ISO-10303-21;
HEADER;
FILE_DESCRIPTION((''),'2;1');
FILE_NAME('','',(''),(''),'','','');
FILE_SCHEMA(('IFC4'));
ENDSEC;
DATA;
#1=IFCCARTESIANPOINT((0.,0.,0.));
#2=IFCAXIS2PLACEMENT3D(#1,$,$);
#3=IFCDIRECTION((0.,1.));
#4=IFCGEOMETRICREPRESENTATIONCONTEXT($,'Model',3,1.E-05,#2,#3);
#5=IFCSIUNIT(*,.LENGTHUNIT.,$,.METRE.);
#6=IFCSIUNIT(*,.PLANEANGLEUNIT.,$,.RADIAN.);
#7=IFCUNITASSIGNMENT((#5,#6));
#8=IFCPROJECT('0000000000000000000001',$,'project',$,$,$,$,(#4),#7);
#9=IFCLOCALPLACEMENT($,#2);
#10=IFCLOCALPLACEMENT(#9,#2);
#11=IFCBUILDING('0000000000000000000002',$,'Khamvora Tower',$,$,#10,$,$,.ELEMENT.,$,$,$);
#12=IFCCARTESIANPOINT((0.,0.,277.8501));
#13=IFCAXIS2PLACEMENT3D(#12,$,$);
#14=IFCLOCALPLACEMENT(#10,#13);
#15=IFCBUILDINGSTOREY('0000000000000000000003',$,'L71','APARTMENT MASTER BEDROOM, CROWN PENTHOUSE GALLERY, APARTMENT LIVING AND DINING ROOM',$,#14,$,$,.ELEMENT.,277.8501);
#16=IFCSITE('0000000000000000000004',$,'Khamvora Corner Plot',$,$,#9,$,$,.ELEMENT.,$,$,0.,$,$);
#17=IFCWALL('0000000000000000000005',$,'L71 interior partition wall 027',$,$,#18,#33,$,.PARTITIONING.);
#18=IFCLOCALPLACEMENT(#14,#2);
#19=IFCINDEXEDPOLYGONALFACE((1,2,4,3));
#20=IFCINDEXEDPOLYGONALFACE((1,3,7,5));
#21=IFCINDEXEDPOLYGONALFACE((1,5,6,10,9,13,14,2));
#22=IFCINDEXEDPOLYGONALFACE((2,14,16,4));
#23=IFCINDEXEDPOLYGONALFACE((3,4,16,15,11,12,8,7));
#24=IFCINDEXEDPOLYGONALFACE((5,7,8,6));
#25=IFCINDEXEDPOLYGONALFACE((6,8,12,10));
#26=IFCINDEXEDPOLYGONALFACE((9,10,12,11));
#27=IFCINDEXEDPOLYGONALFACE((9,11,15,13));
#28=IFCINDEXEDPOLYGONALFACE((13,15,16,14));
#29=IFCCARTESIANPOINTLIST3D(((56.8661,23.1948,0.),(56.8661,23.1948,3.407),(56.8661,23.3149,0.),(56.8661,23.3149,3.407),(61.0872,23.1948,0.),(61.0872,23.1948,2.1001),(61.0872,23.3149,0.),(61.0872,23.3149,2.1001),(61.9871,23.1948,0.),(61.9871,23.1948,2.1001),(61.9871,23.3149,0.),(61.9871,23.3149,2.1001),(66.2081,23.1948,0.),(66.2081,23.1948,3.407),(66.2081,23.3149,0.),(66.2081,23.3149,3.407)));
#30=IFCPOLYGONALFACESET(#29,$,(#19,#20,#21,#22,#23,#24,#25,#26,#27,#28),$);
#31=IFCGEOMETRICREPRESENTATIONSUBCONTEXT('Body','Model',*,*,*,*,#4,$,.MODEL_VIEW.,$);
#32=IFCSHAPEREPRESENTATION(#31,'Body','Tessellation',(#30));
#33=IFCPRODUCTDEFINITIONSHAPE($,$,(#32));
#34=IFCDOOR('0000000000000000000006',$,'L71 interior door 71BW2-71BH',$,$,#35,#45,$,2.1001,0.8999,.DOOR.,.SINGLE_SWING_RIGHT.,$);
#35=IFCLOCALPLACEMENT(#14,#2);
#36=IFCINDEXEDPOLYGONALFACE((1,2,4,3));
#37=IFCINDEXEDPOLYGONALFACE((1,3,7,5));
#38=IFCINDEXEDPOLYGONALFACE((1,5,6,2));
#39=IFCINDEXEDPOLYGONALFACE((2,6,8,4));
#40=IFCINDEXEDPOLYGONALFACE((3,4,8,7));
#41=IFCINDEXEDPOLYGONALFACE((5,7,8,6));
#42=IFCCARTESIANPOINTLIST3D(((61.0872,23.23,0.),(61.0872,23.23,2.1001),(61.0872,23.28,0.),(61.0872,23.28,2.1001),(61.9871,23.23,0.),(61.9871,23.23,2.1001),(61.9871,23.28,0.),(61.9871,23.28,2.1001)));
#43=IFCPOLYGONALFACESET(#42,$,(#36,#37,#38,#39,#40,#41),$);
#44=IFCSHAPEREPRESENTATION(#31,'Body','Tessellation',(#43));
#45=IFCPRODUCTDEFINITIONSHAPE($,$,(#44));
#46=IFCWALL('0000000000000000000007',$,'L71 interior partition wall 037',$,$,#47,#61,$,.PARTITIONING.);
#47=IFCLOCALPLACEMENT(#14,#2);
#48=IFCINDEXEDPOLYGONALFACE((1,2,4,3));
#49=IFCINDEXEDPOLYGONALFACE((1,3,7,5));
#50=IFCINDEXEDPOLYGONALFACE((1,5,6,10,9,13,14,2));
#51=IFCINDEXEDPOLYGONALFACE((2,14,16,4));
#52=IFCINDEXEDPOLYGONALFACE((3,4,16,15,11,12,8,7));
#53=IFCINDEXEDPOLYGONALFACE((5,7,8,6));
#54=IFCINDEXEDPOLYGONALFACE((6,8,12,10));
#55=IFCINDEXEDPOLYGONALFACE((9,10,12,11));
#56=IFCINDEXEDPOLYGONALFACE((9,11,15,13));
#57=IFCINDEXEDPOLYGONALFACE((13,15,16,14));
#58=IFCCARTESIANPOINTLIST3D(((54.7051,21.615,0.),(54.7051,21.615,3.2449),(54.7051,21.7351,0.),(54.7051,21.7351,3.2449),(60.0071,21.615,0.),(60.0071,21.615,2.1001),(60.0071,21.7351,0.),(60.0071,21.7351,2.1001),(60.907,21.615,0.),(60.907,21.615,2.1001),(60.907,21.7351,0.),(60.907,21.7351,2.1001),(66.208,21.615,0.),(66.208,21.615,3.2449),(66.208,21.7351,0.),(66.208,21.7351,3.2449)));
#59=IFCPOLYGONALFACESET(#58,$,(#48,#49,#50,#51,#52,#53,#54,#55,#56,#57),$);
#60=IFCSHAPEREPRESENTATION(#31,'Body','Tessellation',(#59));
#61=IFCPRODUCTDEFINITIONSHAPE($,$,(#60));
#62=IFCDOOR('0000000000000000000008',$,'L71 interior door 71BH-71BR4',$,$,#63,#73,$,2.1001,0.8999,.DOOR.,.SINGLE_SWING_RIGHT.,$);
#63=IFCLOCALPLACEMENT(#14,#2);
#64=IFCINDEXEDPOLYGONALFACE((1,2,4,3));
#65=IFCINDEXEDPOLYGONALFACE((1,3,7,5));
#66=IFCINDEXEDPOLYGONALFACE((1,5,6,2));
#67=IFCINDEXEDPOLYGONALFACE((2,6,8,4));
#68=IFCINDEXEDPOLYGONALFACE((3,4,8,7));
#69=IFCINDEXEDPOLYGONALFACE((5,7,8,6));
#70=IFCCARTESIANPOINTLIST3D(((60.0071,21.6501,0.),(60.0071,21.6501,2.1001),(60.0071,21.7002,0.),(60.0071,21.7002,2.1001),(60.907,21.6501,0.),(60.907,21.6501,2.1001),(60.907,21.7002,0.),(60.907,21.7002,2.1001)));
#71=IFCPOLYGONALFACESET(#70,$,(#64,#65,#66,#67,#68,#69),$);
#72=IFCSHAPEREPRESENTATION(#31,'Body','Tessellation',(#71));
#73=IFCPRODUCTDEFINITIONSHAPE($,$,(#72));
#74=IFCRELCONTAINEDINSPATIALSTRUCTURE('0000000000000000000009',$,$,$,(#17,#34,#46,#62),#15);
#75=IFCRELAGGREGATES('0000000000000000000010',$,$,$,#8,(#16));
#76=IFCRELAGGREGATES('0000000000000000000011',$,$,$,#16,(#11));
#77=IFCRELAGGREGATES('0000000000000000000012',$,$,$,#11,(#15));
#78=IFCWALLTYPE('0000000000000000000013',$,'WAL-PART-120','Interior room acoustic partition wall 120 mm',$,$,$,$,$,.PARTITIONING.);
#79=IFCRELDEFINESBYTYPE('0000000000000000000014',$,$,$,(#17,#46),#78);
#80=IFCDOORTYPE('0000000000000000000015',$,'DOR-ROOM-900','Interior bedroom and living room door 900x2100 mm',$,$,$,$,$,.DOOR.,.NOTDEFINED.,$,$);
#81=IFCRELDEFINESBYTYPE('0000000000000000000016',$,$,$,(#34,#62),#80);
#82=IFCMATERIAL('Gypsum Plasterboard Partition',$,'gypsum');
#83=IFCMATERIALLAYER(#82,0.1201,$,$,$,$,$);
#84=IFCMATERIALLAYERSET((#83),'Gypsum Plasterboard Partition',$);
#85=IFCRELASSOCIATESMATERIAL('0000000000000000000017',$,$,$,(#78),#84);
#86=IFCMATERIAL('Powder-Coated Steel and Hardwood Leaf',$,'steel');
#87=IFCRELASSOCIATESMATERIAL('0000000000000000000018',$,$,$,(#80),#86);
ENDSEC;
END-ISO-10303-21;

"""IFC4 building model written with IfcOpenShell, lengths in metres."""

from ifc_helpers import new_model, si_unit, direction, frame, frame_2d, origin, place, context, subcontext, project, spatial, rectangle, extrude, material, layer, layer_set, type_object, element, fill, save


model = new_model("IFC4")

# Units and contexts
model_context = context("Model", 3, precision=1e-05, world=origin(), true_north=direction((0.0, 1.0)))
body_context = subcontext(model_context, "Body", "Model", "MODEL_VIEW")
ifc_project = project(units=[si_unit("LENGTHUNIT", "METRE"), si_unit("PLANEANGLEUNIT", "RADIAN")], contexts=[model_context])

# Site, building, storey
site_placement = place(None, origin())
site = spatial("IfcSite", under=ifc_project, at=site_placement, Name="Khamvora Corner Plot", CompositionType="ELEMENT", RefElevation=0.0)
building_placement = place(site_placement, origin())
building = spatial("IfcBuilding", under=site, at=building_placement, Name="Khamvora Tower", CompositionType="ELEMENT")
storey_placement = place(building_placement, frame((0.0, 0.0, 277.8501)))
storey = spatial("IfcBuildingStorey", under=building, at=storey_placement, Name="L71", Description="APARTMENT MASTER BEDROOM, CROWN PENTHOUSE GALLERY, APARTMENT LIVING AND DINING ROOM", CompositionType="ELEMENT", Elevation=277.8501)

# Walls, openings, doors
ifc_material_1 = material(Name="Gypsum Plasterboard Partition", Category="gypsum")
ifc_layer_1 = layer(ifc_material_1, 0.1201)
ifc_layer_set_1 = layer_set([ifc_layer_1], Name="Gypsum Plasterboard Partition")
wall_type_1 = type_object("IfcWallType", Name="WAL-PART-120", Description="Interior room acoustic partition wall 120 mm", PredefinedType="PARTITIONING", material=ifc_layer_set_1)
wall_1_placement = place(storey_placement, frame((66.208, 23.2549, 0.0), z_axis=(0.0, 0.0, 1.0), x_axis=(-1.0, 0.0, 0.0)))
wall_1 = element("IfcWall", 1, at=wall_1_placement, inside=storey, type_object=wall_type_1, Name="L71 interior partition wall 027", PredefinedType="PARTITIONING", context=body_context, shape_type="SweptSolid", body=[
    extrude(rectangle(XDim=9.342, YDim=0.1201, at=frame_2d((4.6709, 0.0))), origin(), (0.0, 0.0, 1.0), 3.407),
])
opening_1_placement = place(wall_1_placement, frame((4.2209, 0.0, 0.0)))
opening_1 = element("IfcOpeningElement", 2, at=opening_1_placement, cuts=wall_1, PredefinedType="OPENING", context=body_context, shape_type="SweptSolid", body=[
    extrude(rectangle(XDim=0.8999, YDim=2.1001, at=frame_2d((0.45, 1.05))), frame((0.0, 0.0701, 0.0), z_axis=(0.0, -1.0, 0.0), x_axis=(1.0, 0.0, 0.0)), (0.0, 0.0, 1.0), 0.1401),
])
ifc_material_2 = material(Name="Powder-Coated Steel and Hardwood Leaf", Category="steel")
door_type_1 = type_object("IfcDoorType", Name="DOR-ROOM-900", Description="Interior bedroom and living room door 900x2100 mm", OperationType="NOTDEFINED", PredefinedType="DOOR", material=ifc_material_2)
door_1_placement = place(opening_1_placement, origin())
door_1 = element("IfcDoor", 3, at=door_1_placement, inside=storey, type_object=door_type_1, Name="L71 interior door 71BW2-71BH", OperationType="SINGLE_SWING_RIGHT", OverallHeight=2.1001, OverallWidth=0.8999, PredefinedType="DOOR", context=body_context, shape_type="SweptSolid", body=[
    extrude(rectangle(XDim=0.8999, YDim=2.1001, at=frame_2d((0.45, 1.05))), frame((0.0, 0.0249, 0.0), z_axis=(0.0, -1.0, 0.0), x_axis=(1.0, 0.0, 0.0)), (0.0, 0.0, 1.0), 0.05),
])
fill(opening_1, door_1)
wall_2_placement = place(storey_placement, frame((66.208, 21.675, 0.0), z_axis=(0.0, 0.0, 1.0), x_axis=(-1.0, 0.0, 0.0)))
wall_2 = element("IfcWall", 4, at=wall_2_placement, inside=storey, type_object=wall_type_1, Name="L71 interior partition wall 037", PredefinedType="PARTITIONING", context=body_context, shape_type="SweptSolid", body=[
    extrude(rectangle(XDim=11.5029, YDim=0.1201, at=frame_2d((5.7515, 0.0))), origin(), (0.0, 0.0, 1.0), 3.2449),
])
opening_2_placement = place(wall_2_placement, frame((5.301, 0.0, 0.0)))
opening_2 = element("IfcOpeningElement", 5, at=opening_2_placement, cuts=wall_2, PredefinedType="OPENING", context=body_context, shape_type="SweptSolid", body=[
    extrude(rectangle(XDim=0.8999, YDim=2.1001, at=frame_2d((0.45, 1.05))), frame((0.0, 0.0701, 0.0), z_axis=(0.0, -1.0, 0.0), x_axis=(1.0, 0.0, 0.0)), (0.0, 0.0, 1.0), 0.1401),
])
door_2_placement = place(opening_2_placement, origin())
door_2 = element("IfcDoor", 6, at=door_2_placement, inside=storey, type_object=door_type_1, Name="L71 interior door 71BH-71BR4", OperationType="SINGLE_SWING_RIGHT", OverallHeight=2.1001, OverallWidth=0.8999, PredefinedType="DOOR", context=body_context, shape_type="SweptSolid", body=[
    extrude(rectangle(XDim=0.8999, YDim=2.1001, at=frame_2d((0.45, 1.05))), frame((0.0, 0.0249, 0.0), z_axis=(0.0, -1.0, 0.0), x_axis=(1.0, 0.0, 0.0)), (0.0, 0.0, 1.0), 0.05),
])
fill(opening_2, door_2)

save(model, "model.ifc")
